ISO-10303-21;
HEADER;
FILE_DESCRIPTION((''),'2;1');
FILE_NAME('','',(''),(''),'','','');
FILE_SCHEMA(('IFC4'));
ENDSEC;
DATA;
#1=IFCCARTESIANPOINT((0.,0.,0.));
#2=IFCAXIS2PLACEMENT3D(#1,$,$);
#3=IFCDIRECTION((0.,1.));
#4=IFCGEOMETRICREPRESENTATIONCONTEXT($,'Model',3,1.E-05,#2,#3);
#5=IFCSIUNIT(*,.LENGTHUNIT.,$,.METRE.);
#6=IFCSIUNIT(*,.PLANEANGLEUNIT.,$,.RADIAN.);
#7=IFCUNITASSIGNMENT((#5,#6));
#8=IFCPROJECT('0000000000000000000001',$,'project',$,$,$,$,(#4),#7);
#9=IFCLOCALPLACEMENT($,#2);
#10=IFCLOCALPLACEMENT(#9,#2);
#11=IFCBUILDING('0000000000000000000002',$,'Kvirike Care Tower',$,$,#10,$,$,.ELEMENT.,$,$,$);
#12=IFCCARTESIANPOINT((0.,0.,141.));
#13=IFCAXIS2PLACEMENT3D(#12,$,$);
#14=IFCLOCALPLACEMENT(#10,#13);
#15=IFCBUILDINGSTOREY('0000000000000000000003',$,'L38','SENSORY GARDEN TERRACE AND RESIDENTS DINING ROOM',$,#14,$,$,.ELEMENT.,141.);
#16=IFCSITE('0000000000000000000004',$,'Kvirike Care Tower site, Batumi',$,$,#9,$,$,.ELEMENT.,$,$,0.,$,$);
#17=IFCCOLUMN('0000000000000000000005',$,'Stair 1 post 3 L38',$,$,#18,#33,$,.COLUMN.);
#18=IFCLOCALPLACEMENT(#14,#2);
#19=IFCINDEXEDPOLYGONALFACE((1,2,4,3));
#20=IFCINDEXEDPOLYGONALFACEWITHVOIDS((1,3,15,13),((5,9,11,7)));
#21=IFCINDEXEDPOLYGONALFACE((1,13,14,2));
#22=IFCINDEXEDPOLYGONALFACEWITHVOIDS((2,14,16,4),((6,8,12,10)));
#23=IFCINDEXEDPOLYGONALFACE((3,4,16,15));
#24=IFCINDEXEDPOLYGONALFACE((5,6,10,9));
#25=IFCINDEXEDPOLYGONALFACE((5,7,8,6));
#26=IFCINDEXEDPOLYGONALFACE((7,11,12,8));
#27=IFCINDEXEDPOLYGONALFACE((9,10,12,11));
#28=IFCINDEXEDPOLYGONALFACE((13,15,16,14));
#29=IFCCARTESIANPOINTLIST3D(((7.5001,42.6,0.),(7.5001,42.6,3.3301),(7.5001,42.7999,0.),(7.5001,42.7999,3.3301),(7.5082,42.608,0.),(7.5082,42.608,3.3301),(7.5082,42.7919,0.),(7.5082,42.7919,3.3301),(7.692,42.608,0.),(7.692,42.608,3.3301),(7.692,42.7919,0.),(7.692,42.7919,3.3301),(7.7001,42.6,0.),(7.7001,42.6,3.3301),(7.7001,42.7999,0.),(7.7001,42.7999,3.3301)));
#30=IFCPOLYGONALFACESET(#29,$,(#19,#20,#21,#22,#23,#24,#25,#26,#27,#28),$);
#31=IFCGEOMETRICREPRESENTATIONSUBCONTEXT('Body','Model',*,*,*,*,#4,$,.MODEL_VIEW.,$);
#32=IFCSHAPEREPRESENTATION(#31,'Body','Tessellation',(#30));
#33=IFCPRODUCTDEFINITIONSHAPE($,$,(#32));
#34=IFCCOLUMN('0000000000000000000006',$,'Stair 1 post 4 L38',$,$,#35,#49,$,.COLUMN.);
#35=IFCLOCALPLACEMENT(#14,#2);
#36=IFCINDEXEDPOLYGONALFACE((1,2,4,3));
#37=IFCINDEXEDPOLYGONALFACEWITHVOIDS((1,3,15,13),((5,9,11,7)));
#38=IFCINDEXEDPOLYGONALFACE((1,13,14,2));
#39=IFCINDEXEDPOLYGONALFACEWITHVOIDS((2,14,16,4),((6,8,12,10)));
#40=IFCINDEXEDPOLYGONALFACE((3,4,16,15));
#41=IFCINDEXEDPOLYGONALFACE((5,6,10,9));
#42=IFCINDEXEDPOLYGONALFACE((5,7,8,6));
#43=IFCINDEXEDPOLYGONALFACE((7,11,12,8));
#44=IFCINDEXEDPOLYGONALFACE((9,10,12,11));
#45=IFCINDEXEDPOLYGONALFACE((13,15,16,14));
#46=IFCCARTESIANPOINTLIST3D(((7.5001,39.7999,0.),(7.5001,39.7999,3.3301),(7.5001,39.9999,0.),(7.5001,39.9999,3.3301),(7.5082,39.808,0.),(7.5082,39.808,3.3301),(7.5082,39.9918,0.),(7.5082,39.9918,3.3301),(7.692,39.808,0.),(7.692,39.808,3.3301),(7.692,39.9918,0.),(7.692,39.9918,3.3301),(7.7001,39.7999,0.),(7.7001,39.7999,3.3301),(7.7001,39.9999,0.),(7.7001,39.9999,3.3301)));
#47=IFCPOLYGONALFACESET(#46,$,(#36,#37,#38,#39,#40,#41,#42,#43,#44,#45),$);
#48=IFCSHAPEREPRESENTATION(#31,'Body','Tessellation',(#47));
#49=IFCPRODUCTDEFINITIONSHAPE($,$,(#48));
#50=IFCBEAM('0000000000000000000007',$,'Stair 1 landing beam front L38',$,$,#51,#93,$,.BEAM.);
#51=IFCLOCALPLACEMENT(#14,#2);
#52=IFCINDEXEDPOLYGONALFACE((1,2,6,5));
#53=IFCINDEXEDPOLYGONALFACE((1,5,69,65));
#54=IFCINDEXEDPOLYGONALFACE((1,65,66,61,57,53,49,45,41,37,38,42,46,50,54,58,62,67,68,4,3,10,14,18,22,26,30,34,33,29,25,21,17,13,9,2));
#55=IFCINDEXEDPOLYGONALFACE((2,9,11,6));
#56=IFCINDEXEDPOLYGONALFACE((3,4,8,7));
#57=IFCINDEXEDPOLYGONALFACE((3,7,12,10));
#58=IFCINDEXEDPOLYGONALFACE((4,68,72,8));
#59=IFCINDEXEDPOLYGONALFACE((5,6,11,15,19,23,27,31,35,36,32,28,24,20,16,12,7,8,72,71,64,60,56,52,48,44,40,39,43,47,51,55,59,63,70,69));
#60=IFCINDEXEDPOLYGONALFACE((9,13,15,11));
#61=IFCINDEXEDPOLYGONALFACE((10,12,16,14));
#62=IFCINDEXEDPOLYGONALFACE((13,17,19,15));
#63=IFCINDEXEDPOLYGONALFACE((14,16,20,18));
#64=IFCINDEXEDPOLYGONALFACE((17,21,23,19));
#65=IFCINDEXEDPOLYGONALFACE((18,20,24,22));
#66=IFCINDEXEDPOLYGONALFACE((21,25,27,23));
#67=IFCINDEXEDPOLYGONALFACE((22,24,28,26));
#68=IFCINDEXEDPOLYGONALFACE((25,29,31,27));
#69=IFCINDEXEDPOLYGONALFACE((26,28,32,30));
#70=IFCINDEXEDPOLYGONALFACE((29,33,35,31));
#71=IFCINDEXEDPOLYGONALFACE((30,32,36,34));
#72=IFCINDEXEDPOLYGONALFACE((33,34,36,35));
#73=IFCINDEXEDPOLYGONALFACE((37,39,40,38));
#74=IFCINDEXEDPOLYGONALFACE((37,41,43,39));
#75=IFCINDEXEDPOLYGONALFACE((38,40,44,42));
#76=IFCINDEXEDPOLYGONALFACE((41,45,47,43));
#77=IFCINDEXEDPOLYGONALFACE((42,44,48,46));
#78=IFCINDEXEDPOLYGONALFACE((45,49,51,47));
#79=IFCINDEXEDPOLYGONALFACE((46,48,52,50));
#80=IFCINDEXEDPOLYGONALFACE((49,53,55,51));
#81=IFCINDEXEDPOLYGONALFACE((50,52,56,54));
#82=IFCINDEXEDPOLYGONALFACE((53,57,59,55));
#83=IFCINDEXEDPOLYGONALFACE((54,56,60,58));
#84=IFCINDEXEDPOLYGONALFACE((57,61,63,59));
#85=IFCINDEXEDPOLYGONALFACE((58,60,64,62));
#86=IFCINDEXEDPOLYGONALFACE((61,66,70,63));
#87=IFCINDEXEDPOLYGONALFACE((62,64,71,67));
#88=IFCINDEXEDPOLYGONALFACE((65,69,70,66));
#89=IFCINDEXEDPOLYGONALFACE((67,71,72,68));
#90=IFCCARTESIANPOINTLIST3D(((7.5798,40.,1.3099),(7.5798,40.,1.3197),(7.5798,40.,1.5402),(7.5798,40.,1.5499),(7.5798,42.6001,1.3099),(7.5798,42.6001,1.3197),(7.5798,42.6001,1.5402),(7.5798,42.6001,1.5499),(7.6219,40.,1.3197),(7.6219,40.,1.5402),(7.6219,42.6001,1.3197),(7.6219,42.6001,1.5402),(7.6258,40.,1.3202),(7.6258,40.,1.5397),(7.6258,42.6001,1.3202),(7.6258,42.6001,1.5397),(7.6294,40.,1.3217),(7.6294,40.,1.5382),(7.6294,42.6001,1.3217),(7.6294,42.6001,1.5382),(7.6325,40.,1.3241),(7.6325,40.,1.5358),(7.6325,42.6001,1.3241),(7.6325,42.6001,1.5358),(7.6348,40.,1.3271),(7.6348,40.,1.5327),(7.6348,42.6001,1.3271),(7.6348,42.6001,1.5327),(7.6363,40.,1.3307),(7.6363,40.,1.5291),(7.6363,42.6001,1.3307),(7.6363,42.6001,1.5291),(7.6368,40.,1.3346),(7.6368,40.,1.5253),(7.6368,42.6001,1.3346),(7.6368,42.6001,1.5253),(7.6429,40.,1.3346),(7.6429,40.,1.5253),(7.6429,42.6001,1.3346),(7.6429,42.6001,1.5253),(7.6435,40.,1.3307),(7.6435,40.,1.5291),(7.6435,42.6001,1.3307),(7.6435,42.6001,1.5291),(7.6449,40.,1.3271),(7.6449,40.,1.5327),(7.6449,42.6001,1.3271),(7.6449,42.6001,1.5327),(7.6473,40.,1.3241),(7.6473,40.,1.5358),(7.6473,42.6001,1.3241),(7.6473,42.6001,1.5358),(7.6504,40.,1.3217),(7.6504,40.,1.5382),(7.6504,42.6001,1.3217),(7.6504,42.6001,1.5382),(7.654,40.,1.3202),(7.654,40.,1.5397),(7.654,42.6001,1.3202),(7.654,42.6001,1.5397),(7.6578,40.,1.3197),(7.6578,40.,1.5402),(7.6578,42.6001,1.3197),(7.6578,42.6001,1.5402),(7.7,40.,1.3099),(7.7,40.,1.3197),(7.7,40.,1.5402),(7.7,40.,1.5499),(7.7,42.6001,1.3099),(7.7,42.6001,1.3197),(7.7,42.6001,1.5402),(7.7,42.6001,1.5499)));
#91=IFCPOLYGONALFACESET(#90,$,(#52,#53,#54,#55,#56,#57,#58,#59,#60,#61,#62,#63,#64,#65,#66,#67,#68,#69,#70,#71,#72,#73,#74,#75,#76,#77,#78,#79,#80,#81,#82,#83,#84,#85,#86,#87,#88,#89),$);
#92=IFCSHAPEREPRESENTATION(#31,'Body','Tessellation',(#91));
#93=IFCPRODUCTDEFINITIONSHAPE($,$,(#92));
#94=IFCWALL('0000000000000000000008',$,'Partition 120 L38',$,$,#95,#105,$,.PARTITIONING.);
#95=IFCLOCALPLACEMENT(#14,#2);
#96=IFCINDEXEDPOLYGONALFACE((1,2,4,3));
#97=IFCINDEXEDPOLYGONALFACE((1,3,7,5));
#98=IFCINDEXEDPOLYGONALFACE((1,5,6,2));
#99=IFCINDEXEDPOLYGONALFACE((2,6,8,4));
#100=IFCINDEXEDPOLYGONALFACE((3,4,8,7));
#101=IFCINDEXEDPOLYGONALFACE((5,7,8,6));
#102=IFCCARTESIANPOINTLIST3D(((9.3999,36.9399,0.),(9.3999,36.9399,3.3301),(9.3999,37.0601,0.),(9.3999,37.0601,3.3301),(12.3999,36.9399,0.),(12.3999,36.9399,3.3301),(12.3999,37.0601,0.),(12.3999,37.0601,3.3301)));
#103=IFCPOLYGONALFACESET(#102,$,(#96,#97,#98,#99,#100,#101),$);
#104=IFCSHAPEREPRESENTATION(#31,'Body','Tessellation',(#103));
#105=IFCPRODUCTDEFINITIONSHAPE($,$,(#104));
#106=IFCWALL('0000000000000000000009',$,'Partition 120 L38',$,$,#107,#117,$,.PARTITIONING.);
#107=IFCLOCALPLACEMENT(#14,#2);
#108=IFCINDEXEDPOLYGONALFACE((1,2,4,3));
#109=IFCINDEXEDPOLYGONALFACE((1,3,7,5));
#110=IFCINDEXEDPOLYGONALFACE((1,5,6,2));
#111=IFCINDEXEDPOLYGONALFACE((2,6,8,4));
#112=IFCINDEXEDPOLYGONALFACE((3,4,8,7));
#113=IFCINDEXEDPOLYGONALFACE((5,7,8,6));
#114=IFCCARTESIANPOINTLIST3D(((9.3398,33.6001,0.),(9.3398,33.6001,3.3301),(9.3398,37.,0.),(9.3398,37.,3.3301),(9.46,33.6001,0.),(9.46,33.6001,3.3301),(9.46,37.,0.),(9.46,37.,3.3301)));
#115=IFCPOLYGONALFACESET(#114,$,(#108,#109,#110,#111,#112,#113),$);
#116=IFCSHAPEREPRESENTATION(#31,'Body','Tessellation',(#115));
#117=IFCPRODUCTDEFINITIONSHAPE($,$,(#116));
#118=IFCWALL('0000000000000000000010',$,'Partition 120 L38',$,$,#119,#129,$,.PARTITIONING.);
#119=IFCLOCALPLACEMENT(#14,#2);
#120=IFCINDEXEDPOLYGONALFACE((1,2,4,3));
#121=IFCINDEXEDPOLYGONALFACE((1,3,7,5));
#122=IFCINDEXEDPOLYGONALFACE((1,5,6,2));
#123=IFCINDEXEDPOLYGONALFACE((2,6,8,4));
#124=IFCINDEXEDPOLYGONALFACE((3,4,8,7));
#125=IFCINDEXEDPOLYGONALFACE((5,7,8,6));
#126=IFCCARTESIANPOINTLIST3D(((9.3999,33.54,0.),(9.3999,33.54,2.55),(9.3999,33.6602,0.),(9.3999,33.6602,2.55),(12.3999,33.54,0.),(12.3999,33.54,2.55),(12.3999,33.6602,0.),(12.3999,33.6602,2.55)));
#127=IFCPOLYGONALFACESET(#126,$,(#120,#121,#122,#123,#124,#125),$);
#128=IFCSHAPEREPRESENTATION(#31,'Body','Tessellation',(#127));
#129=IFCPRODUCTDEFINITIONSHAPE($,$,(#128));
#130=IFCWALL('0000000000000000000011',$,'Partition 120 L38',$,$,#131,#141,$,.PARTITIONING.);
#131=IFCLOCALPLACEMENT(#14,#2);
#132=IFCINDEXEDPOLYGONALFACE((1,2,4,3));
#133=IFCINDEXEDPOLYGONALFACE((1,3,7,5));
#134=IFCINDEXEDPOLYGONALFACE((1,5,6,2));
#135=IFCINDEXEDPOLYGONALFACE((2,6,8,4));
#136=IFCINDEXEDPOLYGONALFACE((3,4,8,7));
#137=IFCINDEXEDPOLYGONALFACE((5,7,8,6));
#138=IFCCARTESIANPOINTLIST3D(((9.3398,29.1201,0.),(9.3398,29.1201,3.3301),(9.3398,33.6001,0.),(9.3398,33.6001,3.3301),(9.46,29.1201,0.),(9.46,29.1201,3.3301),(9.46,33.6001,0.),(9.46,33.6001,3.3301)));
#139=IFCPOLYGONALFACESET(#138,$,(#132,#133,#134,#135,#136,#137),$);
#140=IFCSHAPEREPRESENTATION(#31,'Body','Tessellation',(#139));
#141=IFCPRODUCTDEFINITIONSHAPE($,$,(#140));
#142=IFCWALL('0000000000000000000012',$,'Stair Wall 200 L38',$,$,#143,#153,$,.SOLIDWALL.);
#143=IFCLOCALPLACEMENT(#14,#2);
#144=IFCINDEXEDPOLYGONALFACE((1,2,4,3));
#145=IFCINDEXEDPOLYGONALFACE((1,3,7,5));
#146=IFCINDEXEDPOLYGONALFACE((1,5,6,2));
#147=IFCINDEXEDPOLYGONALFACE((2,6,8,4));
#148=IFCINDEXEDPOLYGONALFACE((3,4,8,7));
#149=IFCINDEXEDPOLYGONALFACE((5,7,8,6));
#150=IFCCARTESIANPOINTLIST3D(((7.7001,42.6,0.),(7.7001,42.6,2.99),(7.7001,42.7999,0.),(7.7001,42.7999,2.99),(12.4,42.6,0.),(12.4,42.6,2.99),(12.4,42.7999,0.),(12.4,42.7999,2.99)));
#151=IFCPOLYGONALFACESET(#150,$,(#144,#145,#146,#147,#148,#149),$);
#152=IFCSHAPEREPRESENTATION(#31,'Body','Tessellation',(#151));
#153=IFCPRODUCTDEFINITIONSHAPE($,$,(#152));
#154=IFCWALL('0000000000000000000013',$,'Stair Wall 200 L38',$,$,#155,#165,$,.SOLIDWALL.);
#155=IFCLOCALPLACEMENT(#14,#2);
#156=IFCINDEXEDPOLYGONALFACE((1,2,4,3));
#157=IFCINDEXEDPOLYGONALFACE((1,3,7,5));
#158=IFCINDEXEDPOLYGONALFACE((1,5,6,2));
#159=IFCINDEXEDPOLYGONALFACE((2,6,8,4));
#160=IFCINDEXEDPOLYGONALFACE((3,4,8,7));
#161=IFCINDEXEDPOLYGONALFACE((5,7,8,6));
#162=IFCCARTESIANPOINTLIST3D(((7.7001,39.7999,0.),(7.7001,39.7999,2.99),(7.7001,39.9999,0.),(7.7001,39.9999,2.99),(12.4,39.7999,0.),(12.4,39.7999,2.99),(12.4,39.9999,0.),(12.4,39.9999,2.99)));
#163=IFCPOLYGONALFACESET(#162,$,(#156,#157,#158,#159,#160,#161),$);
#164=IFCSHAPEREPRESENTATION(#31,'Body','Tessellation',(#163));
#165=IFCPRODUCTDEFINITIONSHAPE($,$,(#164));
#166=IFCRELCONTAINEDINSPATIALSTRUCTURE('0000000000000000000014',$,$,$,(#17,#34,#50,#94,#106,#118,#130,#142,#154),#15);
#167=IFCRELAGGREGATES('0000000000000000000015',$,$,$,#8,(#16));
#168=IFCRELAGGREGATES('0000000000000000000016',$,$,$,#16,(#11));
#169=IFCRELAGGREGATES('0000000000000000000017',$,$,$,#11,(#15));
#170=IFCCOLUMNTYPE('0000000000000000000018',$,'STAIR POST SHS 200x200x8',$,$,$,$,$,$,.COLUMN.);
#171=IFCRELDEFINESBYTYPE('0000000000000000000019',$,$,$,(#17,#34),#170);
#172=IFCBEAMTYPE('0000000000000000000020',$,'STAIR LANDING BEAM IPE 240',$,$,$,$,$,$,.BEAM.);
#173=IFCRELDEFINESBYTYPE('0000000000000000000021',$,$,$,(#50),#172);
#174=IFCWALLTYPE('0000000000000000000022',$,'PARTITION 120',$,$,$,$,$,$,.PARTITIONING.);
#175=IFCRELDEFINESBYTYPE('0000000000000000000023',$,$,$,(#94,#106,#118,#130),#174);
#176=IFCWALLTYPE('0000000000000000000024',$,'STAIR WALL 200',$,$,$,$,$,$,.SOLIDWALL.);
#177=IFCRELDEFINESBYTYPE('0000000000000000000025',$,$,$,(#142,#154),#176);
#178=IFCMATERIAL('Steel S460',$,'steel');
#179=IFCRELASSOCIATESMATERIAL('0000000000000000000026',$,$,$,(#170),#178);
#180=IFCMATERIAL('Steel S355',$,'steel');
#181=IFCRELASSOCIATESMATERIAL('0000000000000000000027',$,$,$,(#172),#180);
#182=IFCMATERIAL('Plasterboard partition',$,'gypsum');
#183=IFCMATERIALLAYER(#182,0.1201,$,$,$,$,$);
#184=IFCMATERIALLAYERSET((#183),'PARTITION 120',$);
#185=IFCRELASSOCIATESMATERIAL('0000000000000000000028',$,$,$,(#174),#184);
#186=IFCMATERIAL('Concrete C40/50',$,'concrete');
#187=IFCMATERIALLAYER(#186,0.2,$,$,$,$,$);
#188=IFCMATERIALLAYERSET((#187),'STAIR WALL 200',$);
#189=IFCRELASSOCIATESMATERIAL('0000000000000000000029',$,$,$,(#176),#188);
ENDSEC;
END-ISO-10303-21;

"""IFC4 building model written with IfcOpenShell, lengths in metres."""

from ifc_helpers import new_model, si_unit, direction, frame, frame_2d, origin, origin_2d, place, context, subcontext, project, spatial, rectangle, hollow_rectangle, i_section, extrude, material, layer, layer_set, material_profile, profile_set, type_object, element, save


model = new_model("IFC4")

# Units and contexts
model_context = context("Model", 3, precision=1e-05, world=origin(), true_north=direction((0.0, 1.0)))
body_context = subcontext(model_context, "Body", "Model", "MODEL_VIEW")
ifc_project = project(units=[si_unit("LENGTHUNIT", "METRE"), si_unit("PLANEANGLEUNIT", "RADIAN")], contexts=[model_context])

# Site, building, storey
site_placement = place(None, origin())
site = spatial("IfcSite", under=ifc_project, at=site_placement, Name="Kvirike Care Tower site, Batumi", CompositionType="ELEMENT", RefElevation=0.0)
building_placement = place(site_placement, origin())
building = spatial("IfcBuilding", under=site, at=building_placement, Name="Kvirike Care Tower", CompositionType="ELEMENT")
storey_placement = place(building_placement, frame((0.0, 0.0, 141.0)))
storey = spatial("IfcBuildingStorey", under=building, at=storey_placement, Name="L38", Description="SENSORY GARDEN TERRACE AND RESIDENTS DINING ROOM", CompositionType="ELEMENT", Elevation=141.0)

# Columns
ifc_material_1 = material(Name="Steel S460", Category="steel")
ifc_material_profile_1 = material_profile(ifc_material_1, hollow_rectangle(XDim=0.2, YDim=0.2, WallThickness=0.0081, at=origin_2d()), Name="SHS 200x200x8")
ifc_profile_set_1 = profile_set([ifc_material_profile_1], Name="Steel S460")
column_type = type_object("IfcColumnType", Name="STAIR POST SHS 200x200x8", PredefinedType="COLUMN", material=ifc_profile_set_1)
for number, where, z_axis, x_axis, name in (
    (1, (7.6001, 42.7, 0.0), (0.0, 0.0, 1.0), (1.0, 0.0, 0.0), "Stair 1 post 3 L38"),
    (2, (7.6001, 39.8999, 0.0), (0.0, 0.0, 1.0), (1.0, 0.0, 0.0), "Stair 1 post 4 L38"),
):
    element("IfcColumn", number, at=place(storey_placement, frame(where, z_axis=z_axis, x_axis=x_axis)), inside=storey, type_object=column_type, Name=name, PredefinedType="COLUMN", context=body_context, shape_type="SweptSolid", body=[
        extrude(hollow_rectangle(XDim=0.2, YDim=0.2, WallThickness=0.0081, at=origin_2d()), origin(), (0.0, 0.0, 1.0), 3.3301),
    ])

# Beam
ifc_material_2 = material(Name="Steel S355", Category="steel")
ifc_material_profile_2 = material_profile(ifc_material_2, i_section(OverallWidth=0.1201, OverallDepth=0.24, WebThickness=0.0061, FlangeThickness=0.0098, FilletRadius=0.0149, at=origin_2d()), Name="IPE 240")
ifc_profile_set_2 = profile_set([ifc_material_profile_2], Name="Steel S355")
beam_type = type_object("IfcBeamType", Name="STAIR LANDING BEAM IPE 240", PredefinedType="BEAM", material=ifc_profile_set_2)
beam_placement = place(storey_placement, frame((7.6399, 42.6001, 1.4299), z_axis=(0.0, -1.0, 0.0), x_axis=(1.0, 0.0, 0.0)))
element("IfcBeam", 3, at=beam_placement, inside=storey, type_object=beam_type, Name="Stair 1 landing beam front L38", PredefinedType="BEAM", context=body_context, shape_type="SweptSolid", body=[
    extrude(i_section(OverallWidth=0.1201, OverallDepth=0.24, WebThickness=0.0061, FlangeThickness=0.0098, FilletRadius=0.0149, at=origin_2d()), origin(), (0.0, 0.0, 1.0), 2.6001),
])

# Walls
ifc_material_3 = material(Name="Plasterboard partition", Category="gypsum")
ifc_layer_1 = layer(ifc_material_3, 0.1201)
ifc_layer_set_1 = layer_set([ifc_layer_1], Name="PARTITION 120")
wall_type_1 = type_object("IfcWallType", Name="PARTITION 120", PredefinedType="PARTITIONING", material=ifc_layer_set_1)
wall_1_placement = place(storey_placement, frame((9.3999, 37.0, 0.0), z_axis=(0.0, 0.0, 1.0), x_axis=(1.0, 0.0, 0.0)))
element("IfcWall", 4, at=wall_1_placement, inside=storey, type_object=wall_type_1, Name="Partition 120 L38", PredefinedType="PARTITIONING", context=body_context, shape_type="SweptSolid", body=[
    extrude(rectangle(XDim=3.0, YDim=0.1201, at=frame_2d((1.5, 0.0))), origin(), (0.0, 0.0, 1.0), 3.3301),
])
wall_2_placement = place(storey_placement, frame((9.3999, 37.0, 0.0), z_axis=(0.0, 0.0, 1.0), x_axis=(0.0, -1.0, 0.0)))
element("IfcWall", 5, at=wall_2_placement, inside=storey, type_object=wall_type_1, Name="Partition 120 L38", PredefinedType="PARTITIONING", context=body_context, shape_type="SweptSolid", body=[
    extrude(rectangle(XDim=3.3999, YDim=0.1201, at=frame_2d((1.7, 0.0))), origin(), (0.0, 0.0, 1.0), 3.3301),
])
wall_3_placement = place(storey_placement, frame((9.3999, 33.6001, 0.0), z_axis=(0.0, 0.0, 1.0), x_axis=(1.0, 0.0, 0.0)))
element("IfcWall", 6, at=wall_3_placement, inside=storey, type_object=wall_type_1, Name="Partition 120 L38", PredefinedType="PARTITIONING", context=body_context, shape_type="SweptSolid", body=[
    extrude(rectangle(XDim=3.0, YDim=0.1201, at=frame_2d((1.5, 0.0))), origin(), (0.0, 0.0, 1.0), 2.55),
])
wall_4_placement = place(storey_placement, frame((9.3999, 33.6001, 0.0), z_axis=(0.0, 0.0, 1.0), x_axis=(0.0, -1.0, 0.0)))
element("IfcWall", 7, at=wall_4_placement, inside=storey, type_object=wall_type_1, Name="Partition 120 L38", PredefinedType="PARTITIONING", context=body_context, shape_type="SweptSolid", body=[
    extrude(rectangle(XDim=4.48, YDim=0.1201, at=frame_2d((2.24, 0.0))), origin(), (0.0, 0.0, 1.0), 3.3301),
])
ifc_material_4 = material(Name="Concrete C40/50", Category="concrete")
ifc_layer_2 = layer(ifc_material_4, 0.2)
ifc_layer_set_2 = layer_set([ifc_layer_2], Name="STAIR WALL 200")
wall_type_2 = type_object("IfcWallType", Name="STAIR WALL 200", PredefinedType="SOLIDWALL", material=ifc_layer_set_2)
for number, where, z_axis, x_axis, name in (
    (8, (7.7, 42.7, 0.0), (0.0, 0.0, 1.0), (1.0, 0.0, 0.0), "Stair Wall 200 L38"),
    (9, (7.7, 39.8999, 0.0), (0.0, 0.0, 1.0), (1.0, 0.0, 0.0), "Stair Wall 200 L38"),
):
    element("IfcWall", number, at=place(storey_placement, frame(where, z_axis=z_axis, x_axis=x_axis)), inside=storey, type_object=wall_type_2, Name=name, PredefinedType="SOLIDWALL", context=body_context, shape_type="SweptSolid", body=[
        extrude(rectangle(XDim=4.7, YDim=0.2, at=frame_2d((2.3501, 0.0))), origin(), (0.0, 0.0, 1.0), 2.99),
    ])

save(model, "model.ifc")
